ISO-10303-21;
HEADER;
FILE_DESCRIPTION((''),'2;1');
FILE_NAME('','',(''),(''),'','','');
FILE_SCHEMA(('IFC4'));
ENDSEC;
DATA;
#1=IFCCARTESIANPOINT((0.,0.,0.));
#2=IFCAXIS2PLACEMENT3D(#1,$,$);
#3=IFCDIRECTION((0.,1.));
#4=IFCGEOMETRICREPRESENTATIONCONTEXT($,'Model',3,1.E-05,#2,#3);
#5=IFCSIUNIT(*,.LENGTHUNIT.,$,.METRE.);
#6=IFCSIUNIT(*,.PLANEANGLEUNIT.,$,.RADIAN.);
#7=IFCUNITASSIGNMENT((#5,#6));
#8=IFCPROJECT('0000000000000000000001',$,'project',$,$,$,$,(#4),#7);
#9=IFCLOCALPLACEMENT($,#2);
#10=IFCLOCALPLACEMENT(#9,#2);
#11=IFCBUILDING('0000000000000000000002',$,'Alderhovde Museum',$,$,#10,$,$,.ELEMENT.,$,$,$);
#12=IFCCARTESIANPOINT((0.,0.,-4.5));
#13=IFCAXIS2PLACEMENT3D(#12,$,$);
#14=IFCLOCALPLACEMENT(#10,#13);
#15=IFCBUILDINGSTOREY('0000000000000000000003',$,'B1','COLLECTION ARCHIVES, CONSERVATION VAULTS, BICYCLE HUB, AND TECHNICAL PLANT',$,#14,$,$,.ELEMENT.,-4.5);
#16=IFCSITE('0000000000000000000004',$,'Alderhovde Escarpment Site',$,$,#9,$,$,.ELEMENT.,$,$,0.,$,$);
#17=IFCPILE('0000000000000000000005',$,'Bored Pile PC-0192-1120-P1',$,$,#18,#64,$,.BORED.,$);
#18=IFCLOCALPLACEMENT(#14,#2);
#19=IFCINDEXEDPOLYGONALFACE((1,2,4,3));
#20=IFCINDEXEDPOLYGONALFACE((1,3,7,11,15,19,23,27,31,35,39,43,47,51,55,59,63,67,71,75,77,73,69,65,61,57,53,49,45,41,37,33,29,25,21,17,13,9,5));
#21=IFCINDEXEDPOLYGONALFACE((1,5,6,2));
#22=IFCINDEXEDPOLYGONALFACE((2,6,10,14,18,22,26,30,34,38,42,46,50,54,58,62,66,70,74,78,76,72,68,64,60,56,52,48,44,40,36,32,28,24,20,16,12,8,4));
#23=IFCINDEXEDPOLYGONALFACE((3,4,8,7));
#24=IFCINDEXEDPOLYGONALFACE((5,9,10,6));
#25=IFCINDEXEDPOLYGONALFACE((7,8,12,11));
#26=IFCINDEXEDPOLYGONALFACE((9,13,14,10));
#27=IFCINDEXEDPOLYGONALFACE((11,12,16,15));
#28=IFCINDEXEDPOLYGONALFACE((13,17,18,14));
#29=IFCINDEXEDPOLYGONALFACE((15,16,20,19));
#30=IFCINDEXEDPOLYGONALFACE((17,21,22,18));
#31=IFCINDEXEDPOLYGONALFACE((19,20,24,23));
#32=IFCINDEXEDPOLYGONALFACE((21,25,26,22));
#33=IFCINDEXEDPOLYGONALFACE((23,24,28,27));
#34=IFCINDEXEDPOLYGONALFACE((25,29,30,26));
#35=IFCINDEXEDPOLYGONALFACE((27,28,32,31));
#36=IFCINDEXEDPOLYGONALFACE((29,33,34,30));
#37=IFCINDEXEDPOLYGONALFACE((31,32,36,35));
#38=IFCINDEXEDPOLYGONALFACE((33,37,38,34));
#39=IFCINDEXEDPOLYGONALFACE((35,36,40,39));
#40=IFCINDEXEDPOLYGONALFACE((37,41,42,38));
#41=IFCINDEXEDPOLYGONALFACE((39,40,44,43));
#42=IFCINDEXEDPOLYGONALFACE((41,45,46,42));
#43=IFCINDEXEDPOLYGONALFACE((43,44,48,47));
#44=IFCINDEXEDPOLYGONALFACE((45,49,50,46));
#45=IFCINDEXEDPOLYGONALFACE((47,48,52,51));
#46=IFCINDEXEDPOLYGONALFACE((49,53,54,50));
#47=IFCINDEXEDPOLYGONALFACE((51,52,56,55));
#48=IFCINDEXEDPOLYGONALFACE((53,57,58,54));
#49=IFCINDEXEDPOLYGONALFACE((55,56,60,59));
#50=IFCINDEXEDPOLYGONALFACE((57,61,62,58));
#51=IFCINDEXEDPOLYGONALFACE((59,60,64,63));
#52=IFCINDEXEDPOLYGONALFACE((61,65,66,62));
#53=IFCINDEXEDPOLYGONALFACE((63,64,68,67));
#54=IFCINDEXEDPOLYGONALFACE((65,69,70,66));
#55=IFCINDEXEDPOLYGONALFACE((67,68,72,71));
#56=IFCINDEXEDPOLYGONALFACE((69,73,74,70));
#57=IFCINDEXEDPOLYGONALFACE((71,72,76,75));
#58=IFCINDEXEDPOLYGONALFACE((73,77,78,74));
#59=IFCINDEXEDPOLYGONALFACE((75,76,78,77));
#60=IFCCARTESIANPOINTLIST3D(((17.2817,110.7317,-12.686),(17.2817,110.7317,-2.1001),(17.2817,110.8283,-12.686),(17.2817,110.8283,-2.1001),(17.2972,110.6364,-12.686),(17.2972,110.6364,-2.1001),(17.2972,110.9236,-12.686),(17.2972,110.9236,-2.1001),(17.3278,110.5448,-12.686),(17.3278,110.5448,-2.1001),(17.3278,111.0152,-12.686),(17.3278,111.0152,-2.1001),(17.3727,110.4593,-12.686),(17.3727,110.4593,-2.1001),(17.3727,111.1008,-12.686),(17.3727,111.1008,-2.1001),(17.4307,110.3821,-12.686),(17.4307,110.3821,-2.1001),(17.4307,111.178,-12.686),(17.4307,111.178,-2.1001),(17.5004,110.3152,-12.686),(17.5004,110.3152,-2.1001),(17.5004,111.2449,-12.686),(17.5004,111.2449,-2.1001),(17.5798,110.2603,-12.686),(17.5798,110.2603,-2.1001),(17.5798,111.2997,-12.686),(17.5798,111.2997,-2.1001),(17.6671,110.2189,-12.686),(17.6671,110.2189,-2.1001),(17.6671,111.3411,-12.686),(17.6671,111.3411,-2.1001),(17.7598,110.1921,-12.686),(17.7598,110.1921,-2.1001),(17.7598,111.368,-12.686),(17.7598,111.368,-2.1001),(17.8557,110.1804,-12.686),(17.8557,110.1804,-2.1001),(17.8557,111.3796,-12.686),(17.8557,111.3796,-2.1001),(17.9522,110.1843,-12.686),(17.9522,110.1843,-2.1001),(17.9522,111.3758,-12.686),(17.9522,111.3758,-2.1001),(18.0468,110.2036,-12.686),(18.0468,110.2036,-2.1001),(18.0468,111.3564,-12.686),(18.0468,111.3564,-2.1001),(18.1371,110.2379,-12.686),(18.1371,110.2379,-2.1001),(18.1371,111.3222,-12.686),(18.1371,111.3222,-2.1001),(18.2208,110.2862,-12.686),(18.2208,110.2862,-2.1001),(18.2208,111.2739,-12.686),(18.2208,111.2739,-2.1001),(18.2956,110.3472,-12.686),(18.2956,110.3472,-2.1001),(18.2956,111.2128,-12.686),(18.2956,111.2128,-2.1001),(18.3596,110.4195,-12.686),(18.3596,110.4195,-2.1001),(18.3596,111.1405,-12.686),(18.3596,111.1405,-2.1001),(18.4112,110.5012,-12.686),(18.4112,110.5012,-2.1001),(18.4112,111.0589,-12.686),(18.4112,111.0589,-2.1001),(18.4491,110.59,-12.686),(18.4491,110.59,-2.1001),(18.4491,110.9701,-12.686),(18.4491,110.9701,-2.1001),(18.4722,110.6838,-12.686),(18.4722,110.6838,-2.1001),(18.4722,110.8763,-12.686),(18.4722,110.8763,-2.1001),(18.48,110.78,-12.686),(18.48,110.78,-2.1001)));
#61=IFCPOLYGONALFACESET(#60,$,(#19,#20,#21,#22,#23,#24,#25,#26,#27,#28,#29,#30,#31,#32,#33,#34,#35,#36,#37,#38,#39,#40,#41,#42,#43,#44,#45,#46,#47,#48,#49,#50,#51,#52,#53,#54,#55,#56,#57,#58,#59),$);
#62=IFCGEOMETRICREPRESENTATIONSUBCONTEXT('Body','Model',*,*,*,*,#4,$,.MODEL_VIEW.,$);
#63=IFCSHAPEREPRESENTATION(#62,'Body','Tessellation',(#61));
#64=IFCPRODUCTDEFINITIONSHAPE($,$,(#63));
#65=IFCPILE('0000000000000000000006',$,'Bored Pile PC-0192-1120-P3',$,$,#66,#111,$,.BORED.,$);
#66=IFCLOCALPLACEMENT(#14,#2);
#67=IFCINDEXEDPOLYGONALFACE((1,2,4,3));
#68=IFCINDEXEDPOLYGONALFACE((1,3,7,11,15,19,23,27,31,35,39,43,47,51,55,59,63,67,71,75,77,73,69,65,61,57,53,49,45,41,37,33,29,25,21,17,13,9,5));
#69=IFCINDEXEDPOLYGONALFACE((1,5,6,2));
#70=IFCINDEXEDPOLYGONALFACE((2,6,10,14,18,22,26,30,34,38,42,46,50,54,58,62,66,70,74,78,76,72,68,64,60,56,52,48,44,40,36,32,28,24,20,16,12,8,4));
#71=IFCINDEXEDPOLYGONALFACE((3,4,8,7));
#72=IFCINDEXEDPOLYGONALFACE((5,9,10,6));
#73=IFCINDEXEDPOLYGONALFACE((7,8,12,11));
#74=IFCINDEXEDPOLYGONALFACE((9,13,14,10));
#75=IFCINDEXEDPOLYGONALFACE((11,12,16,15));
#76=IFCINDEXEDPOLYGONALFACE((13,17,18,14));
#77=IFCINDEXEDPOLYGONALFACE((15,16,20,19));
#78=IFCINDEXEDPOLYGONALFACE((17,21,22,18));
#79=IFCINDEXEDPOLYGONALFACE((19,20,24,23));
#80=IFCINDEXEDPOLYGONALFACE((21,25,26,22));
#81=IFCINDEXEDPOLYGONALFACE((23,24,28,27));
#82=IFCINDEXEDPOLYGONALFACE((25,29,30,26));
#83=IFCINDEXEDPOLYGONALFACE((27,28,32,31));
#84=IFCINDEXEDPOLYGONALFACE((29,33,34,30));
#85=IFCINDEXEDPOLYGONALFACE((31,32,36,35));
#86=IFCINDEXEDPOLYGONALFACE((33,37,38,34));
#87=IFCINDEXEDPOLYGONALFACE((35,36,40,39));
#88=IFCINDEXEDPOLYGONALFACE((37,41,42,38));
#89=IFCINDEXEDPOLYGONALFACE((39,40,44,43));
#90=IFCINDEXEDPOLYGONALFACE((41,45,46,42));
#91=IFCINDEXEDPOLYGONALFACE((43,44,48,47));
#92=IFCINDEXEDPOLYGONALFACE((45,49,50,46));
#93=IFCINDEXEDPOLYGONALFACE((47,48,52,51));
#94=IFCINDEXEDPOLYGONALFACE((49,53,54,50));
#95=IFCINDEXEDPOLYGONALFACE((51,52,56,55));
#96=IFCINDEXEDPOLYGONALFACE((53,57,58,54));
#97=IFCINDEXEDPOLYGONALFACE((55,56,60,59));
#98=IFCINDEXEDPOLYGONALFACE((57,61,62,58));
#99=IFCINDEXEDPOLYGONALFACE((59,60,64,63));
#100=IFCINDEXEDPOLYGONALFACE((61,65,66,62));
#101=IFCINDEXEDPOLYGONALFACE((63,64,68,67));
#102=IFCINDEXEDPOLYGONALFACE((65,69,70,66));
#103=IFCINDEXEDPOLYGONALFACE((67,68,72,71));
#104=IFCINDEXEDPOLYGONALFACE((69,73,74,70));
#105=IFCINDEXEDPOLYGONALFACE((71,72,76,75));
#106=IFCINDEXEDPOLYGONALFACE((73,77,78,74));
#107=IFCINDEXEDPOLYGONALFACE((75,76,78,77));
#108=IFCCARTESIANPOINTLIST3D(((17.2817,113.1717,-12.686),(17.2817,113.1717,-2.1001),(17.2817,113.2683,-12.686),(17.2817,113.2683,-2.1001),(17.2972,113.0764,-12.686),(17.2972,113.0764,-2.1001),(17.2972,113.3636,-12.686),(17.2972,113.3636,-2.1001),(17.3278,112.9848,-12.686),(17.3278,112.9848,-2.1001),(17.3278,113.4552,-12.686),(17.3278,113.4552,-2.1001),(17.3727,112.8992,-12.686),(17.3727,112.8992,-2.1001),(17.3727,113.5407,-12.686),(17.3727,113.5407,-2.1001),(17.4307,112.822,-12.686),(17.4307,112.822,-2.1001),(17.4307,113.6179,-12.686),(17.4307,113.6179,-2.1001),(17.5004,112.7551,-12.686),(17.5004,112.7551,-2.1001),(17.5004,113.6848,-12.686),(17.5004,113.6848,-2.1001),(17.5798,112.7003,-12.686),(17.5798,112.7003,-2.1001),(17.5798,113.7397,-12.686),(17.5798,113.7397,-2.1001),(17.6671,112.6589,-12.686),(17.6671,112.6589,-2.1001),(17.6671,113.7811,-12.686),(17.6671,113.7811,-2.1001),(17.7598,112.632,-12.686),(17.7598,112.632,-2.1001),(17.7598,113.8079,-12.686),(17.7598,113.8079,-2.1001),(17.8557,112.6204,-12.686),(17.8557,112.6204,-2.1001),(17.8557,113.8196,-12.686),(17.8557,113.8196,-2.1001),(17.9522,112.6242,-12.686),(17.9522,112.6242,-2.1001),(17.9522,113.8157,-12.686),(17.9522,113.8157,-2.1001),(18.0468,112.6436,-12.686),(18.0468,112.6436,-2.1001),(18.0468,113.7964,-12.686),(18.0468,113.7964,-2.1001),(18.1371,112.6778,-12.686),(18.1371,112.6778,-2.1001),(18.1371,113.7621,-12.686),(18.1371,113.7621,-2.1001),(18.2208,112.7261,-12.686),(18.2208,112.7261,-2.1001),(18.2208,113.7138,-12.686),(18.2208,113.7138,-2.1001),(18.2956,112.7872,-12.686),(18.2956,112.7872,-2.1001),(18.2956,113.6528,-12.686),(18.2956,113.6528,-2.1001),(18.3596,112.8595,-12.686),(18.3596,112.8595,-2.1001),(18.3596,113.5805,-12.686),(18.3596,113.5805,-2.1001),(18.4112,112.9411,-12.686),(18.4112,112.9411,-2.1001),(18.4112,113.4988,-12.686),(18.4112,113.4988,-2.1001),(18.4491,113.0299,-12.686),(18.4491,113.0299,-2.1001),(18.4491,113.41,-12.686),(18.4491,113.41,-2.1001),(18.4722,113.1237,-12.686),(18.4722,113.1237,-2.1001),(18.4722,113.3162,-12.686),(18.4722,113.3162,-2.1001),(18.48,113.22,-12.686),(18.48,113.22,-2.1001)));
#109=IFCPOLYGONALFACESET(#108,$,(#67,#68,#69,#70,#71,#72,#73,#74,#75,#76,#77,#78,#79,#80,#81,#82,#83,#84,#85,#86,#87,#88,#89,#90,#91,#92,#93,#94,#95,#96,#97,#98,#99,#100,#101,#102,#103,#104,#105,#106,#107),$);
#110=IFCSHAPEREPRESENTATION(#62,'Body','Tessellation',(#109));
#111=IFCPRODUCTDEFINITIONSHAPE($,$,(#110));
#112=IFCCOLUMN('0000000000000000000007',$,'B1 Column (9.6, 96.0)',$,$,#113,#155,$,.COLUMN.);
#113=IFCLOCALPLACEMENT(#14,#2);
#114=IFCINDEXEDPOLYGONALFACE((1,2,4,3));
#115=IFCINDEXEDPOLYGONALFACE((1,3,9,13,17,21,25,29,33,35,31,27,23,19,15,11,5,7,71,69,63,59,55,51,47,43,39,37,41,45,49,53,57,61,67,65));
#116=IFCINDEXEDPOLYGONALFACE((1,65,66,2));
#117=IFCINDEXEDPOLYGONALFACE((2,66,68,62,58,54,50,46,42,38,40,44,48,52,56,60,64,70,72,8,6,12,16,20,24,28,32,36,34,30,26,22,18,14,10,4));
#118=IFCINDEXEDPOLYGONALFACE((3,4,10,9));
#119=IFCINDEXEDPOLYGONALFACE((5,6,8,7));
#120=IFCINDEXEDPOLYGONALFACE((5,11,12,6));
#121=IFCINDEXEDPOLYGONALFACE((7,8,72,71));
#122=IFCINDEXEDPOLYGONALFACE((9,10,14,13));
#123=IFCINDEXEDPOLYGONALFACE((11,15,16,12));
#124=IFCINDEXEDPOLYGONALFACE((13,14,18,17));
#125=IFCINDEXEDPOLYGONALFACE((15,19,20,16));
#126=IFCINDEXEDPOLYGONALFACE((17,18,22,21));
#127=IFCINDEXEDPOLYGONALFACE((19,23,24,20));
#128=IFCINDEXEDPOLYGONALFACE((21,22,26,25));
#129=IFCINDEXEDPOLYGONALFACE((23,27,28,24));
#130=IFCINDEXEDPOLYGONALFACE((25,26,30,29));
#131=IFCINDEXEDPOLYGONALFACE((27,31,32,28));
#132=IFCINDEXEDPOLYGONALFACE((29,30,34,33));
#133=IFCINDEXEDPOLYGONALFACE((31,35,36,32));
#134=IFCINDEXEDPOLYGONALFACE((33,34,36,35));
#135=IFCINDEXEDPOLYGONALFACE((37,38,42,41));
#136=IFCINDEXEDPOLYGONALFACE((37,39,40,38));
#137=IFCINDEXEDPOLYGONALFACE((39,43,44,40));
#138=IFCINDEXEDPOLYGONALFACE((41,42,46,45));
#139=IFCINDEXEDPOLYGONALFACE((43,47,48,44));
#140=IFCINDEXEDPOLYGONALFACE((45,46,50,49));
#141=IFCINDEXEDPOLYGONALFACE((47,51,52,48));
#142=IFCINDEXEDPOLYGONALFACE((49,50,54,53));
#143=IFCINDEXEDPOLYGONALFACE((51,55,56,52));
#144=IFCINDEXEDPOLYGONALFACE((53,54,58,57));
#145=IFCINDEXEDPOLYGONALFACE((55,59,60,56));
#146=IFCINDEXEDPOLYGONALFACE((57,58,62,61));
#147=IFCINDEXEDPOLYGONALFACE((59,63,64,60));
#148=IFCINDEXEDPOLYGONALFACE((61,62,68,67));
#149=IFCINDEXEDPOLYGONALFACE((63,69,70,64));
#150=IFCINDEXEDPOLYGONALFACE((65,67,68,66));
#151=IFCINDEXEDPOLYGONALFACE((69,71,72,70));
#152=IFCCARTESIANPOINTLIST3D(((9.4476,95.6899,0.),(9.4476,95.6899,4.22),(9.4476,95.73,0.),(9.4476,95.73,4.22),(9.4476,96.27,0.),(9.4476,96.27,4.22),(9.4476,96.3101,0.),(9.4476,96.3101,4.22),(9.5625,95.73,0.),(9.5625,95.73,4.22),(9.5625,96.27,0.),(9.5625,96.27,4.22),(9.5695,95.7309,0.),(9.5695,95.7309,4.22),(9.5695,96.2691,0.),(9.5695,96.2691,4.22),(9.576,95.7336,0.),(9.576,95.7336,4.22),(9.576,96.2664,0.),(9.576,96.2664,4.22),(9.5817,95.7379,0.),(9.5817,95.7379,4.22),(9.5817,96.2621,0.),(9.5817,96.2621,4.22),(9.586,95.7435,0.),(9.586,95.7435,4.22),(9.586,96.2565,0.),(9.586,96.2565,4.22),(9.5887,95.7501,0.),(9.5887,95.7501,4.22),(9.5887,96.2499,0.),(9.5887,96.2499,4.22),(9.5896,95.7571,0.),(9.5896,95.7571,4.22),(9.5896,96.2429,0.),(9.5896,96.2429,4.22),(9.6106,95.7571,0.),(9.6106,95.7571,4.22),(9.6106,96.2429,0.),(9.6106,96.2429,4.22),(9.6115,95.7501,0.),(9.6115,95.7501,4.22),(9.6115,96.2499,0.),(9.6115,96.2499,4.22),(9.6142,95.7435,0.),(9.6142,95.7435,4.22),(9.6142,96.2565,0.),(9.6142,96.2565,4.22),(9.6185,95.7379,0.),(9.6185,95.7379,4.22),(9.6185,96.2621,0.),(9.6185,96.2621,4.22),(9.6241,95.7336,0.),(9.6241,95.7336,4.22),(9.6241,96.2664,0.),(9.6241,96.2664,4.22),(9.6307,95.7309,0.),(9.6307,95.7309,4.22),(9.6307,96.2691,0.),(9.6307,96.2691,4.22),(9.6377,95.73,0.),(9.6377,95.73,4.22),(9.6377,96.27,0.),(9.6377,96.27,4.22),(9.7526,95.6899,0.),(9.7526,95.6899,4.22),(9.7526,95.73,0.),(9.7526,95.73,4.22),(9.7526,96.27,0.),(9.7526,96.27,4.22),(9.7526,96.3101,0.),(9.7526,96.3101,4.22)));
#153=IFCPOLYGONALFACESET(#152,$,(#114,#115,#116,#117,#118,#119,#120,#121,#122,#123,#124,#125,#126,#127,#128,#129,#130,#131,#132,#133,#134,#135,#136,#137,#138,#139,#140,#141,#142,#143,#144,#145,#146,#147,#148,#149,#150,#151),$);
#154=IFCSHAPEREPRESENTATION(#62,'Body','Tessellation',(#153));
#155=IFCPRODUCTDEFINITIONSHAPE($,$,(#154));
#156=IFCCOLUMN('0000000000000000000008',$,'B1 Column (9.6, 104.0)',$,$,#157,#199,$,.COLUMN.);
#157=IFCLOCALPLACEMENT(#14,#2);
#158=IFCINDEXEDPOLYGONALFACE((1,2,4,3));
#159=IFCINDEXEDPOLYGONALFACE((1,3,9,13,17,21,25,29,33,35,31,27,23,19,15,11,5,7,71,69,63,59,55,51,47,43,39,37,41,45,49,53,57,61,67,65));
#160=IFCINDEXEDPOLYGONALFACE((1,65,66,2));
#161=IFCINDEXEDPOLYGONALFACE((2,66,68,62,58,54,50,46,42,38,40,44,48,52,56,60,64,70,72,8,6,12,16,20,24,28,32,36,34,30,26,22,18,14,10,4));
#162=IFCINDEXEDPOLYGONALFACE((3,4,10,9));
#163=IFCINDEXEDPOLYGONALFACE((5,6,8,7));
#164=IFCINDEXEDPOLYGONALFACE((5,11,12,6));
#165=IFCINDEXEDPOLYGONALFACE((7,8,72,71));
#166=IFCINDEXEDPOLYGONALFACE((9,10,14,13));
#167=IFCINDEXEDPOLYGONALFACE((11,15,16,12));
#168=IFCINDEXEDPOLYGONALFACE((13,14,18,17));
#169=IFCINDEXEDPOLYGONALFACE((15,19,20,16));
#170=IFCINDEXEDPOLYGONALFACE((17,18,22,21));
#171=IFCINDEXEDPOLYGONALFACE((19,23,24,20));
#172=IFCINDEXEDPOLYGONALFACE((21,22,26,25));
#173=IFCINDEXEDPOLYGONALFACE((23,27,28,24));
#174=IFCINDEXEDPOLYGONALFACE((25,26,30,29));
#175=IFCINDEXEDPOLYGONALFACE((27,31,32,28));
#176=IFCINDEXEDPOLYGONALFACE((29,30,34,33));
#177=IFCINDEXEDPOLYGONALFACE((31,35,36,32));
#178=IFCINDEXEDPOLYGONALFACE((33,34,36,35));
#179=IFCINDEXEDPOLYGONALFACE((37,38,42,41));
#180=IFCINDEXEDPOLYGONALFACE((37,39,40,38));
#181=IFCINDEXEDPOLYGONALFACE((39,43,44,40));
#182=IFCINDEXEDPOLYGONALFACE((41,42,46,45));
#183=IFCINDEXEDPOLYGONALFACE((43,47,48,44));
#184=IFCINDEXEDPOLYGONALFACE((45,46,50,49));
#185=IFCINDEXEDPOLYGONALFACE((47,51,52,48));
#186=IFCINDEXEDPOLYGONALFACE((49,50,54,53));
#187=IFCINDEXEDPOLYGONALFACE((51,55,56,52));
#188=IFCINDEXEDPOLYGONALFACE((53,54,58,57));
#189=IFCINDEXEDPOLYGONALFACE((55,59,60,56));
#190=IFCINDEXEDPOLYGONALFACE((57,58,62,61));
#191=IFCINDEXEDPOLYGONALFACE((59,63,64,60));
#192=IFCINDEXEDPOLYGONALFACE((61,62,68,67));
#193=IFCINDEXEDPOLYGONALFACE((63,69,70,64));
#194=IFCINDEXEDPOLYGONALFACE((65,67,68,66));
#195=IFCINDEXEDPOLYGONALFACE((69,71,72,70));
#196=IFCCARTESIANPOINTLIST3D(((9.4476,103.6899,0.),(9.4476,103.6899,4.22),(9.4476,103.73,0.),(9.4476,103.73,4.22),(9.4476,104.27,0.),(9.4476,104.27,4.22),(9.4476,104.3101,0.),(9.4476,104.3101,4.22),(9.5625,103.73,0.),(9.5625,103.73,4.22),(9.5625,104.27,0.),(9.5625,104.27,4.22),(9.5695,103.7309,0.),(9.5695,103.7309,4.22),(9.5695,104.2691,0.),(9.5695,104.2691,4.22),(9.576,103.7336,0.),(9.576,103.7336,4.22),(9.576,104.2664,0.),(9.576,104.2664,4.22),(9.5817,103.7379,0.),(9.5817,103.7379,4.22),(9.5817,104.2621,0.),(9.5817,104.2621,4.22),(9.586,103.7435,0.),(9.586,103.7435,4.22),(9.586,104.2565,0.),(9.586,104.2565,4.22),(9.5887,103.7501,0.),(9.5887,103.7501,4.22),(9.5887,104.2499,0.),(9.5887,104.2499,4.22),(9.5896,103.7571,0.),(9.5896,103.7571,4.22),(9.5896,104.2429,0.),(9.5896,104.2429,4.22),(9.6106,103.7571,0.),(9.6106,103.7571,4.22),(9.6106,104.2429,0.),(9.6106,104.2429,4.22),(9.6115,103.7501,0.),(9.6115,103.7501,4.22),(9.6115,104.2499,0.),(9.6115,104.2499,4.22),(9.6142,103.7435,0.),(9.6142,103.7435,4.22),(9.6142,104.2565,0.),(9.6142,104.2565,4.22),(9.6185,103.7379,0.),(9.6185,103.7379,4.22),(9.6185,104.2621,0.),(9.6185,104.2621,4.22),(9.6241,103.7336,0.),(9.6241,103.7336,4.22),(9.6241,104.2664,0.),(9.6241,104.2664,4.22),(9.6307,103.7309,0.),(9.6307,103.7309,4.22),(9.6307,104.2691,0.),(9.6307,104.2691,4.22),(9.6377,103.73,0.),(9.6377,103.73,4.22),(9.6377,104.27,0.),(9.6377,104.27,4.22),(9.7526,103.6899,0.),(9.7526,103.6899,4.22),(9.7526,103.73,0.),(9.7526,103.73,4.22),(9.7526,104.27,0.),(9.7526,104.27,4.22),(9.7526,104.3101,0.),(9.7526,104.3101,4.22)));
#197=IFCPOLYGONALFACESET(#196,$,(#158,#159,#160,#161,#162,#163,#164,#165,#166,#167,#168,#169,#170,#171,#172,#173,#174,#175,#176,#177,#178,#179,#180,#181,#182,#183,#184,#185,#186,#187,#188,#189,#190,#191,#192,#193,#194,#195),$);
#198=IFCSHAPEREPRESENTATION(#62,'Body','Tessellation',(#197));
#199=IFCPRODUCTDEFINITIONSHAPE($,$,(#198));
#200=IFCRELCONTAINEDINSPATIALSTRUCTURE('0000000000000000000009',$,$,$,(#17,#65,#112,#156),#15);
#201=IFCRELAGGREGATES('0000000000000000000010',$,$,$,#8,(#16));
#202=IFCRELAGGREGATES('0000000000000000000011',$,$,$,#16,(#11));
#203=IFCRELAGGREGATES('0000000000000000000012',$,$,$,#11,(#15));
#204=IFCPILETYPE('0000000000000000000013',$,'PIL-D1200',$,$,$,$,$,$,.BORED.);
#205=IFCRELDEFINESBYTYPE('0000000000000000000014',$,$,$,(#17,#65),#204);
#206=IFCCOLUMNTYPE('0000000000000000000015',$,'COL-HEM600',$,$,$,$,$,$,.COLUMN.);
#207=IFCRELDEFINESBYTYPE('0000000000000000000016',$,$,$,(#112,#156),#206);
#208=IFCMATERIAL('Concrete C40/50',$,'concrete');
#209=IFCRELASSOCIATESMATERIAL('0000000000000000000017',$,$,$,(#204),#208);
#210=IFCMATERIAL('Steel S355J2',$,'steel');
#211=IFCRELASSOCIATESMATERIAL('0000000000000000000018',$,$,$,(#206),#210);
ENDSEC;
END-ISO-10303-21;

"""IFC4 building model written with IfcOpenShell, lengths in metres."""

from ifc_helpers import new_model, si_unit, direction, frame, origin, origin_2d, place, context, subcontext, project, spatial, circle, i_section, extrude, material, material_profile, profile_set, type_object, element, save


model = new_model("IFC4")

# Units and contexts
model_context = context("Model", 3, precision=1e-05, world=origin(), true_north=direction((0.0, 1.0)))
body_context = subcontext(model_context, "Body", "Model", "MODEL_VIEW")
ifc_project = project(units=[si_unit("LENGTHUNIT", "METRE"), si_unit("PLANEANGLEUNIT", "RADIAN")], contexts=[model_context])

# Site, building, storey
site_placement = place(None, origin())
site = spatial("IfcSite", under=ifc_project, at=site_placement, Name="Alderhovde Escarpment Site", CompositionType="ELEMENT", RefElevation=0.0)
building_placement = place(site_placement, origin())
building = spatial("IfcBuilding", under=site, at=building_placement, Name="Alderhovde Museum", CompositionType="ELEMENT")
storey_placement = place(building_placement, frame((0.0, 0.0, -4.5)))
storey = spatial("IfcBuildingStorey", under=building, at=storey_placement, Name="B1", Description="COLLECTION ARCHIVES, CONSERVATION VAULTS, BICYCLE HUB, AND TECHNICAL PLANT", CompositionType="ELEMENT", Elevation=-4.5)

# Piles
ifc_material_1 = material(Name="Concrete C40/50", Category="concrete")
ifc_material_profile_1 = material_profile(ifc_material_1, circle(Radius=0.6001, at=origin_2d()), Name="PILE-D1200")
ifc_profile_set_1 = profile_set([ifc_material_profile_1], Name="Concrete C40/50")
pile_type = type_object("IfcPileType", Name="PIL-D1200", PredefinedType="BORED", material=ifc_profile_set_1)
for number, where, z_axis, x_axis, name in (
    (1, (17.8799, 110.78, -2.1001), (0.0, 0.0, -1.0), (1.0, 0.0, 0.0), "Bored Pile PC-0192-1120-P1"),
    (2, (17.8799, 113.22, -2.1001), (0.0, 0.0, -1.0), (1.0, 0.0, 0.0), "Bored Pile PC-0192-1120-P3"),
):
    element("IfcPile", number, at=place(storey_placement, frame(where, z_axis=z_axis, x_axis=x_axis)), inside=storey, type_object=pile_type, Name=name, PredefinedType="BORED", context=body_context, shape_type="SweptSolid", body=[
        extrude(circle(Radius=0.6001, at=origin_2d()), origin(), (0.0, 0.0, 1.0), 10.5859),
    ])

# Columns
ifc_material_2 = material(Name="Steel S355J2", Category="steel")
ifc_material_profile_2 = material_profile(ifc_material_2, i_section(OverallWidth=0.3049, OverallDepth=0.6201, WebThickness=0.021, FlangeThickness=0.04, FilletRadius=0.0271, at=origin_2d()), Name="HEM 600")
ifc_profile_set_2 = profile_set([ifc_material_profile_2], Name="Steel S355J2")
column_type_1 = type_object("IfcColumnType", Name="COL-HEM600", PredefinedType="COLUMN", material=ifc_profile_set_2)
for number, where, z_axis, x_axis, name in (
    (3, (9.6001, 96.0, 0.0), (0.0, 0.0, 1.0), (1.0, 0.0, 0.0), "B1 Column (9.6, 96.0)"),
    (4, (9.6001, 104.0, 0.0), (0.0, 0.0, 1.0), (1.0, 0.0, 0.0), "B1 Column (9.6, 104.0)"),
):
    element("IfcColumn", number, at=place(storey_placement, frame(where, z_axis=z_axis, x_axis=x_axis)), inside=storey, type_object=column_type_1, Name=name, PredefinedType="COLUMN", context=body_context, shape_type="SweptSolid", body=[
        extrude(i_section(OverallWidth=0.3049, OverallDepth=0.6201, WebThickness=0.021, FlangeThickness=0.04, FilletRadius=0.0271, at=origin_2d()), origin(), (0.0, 0.0, 1.0), 4.22),
    ])

save(model, "model.ifc")
